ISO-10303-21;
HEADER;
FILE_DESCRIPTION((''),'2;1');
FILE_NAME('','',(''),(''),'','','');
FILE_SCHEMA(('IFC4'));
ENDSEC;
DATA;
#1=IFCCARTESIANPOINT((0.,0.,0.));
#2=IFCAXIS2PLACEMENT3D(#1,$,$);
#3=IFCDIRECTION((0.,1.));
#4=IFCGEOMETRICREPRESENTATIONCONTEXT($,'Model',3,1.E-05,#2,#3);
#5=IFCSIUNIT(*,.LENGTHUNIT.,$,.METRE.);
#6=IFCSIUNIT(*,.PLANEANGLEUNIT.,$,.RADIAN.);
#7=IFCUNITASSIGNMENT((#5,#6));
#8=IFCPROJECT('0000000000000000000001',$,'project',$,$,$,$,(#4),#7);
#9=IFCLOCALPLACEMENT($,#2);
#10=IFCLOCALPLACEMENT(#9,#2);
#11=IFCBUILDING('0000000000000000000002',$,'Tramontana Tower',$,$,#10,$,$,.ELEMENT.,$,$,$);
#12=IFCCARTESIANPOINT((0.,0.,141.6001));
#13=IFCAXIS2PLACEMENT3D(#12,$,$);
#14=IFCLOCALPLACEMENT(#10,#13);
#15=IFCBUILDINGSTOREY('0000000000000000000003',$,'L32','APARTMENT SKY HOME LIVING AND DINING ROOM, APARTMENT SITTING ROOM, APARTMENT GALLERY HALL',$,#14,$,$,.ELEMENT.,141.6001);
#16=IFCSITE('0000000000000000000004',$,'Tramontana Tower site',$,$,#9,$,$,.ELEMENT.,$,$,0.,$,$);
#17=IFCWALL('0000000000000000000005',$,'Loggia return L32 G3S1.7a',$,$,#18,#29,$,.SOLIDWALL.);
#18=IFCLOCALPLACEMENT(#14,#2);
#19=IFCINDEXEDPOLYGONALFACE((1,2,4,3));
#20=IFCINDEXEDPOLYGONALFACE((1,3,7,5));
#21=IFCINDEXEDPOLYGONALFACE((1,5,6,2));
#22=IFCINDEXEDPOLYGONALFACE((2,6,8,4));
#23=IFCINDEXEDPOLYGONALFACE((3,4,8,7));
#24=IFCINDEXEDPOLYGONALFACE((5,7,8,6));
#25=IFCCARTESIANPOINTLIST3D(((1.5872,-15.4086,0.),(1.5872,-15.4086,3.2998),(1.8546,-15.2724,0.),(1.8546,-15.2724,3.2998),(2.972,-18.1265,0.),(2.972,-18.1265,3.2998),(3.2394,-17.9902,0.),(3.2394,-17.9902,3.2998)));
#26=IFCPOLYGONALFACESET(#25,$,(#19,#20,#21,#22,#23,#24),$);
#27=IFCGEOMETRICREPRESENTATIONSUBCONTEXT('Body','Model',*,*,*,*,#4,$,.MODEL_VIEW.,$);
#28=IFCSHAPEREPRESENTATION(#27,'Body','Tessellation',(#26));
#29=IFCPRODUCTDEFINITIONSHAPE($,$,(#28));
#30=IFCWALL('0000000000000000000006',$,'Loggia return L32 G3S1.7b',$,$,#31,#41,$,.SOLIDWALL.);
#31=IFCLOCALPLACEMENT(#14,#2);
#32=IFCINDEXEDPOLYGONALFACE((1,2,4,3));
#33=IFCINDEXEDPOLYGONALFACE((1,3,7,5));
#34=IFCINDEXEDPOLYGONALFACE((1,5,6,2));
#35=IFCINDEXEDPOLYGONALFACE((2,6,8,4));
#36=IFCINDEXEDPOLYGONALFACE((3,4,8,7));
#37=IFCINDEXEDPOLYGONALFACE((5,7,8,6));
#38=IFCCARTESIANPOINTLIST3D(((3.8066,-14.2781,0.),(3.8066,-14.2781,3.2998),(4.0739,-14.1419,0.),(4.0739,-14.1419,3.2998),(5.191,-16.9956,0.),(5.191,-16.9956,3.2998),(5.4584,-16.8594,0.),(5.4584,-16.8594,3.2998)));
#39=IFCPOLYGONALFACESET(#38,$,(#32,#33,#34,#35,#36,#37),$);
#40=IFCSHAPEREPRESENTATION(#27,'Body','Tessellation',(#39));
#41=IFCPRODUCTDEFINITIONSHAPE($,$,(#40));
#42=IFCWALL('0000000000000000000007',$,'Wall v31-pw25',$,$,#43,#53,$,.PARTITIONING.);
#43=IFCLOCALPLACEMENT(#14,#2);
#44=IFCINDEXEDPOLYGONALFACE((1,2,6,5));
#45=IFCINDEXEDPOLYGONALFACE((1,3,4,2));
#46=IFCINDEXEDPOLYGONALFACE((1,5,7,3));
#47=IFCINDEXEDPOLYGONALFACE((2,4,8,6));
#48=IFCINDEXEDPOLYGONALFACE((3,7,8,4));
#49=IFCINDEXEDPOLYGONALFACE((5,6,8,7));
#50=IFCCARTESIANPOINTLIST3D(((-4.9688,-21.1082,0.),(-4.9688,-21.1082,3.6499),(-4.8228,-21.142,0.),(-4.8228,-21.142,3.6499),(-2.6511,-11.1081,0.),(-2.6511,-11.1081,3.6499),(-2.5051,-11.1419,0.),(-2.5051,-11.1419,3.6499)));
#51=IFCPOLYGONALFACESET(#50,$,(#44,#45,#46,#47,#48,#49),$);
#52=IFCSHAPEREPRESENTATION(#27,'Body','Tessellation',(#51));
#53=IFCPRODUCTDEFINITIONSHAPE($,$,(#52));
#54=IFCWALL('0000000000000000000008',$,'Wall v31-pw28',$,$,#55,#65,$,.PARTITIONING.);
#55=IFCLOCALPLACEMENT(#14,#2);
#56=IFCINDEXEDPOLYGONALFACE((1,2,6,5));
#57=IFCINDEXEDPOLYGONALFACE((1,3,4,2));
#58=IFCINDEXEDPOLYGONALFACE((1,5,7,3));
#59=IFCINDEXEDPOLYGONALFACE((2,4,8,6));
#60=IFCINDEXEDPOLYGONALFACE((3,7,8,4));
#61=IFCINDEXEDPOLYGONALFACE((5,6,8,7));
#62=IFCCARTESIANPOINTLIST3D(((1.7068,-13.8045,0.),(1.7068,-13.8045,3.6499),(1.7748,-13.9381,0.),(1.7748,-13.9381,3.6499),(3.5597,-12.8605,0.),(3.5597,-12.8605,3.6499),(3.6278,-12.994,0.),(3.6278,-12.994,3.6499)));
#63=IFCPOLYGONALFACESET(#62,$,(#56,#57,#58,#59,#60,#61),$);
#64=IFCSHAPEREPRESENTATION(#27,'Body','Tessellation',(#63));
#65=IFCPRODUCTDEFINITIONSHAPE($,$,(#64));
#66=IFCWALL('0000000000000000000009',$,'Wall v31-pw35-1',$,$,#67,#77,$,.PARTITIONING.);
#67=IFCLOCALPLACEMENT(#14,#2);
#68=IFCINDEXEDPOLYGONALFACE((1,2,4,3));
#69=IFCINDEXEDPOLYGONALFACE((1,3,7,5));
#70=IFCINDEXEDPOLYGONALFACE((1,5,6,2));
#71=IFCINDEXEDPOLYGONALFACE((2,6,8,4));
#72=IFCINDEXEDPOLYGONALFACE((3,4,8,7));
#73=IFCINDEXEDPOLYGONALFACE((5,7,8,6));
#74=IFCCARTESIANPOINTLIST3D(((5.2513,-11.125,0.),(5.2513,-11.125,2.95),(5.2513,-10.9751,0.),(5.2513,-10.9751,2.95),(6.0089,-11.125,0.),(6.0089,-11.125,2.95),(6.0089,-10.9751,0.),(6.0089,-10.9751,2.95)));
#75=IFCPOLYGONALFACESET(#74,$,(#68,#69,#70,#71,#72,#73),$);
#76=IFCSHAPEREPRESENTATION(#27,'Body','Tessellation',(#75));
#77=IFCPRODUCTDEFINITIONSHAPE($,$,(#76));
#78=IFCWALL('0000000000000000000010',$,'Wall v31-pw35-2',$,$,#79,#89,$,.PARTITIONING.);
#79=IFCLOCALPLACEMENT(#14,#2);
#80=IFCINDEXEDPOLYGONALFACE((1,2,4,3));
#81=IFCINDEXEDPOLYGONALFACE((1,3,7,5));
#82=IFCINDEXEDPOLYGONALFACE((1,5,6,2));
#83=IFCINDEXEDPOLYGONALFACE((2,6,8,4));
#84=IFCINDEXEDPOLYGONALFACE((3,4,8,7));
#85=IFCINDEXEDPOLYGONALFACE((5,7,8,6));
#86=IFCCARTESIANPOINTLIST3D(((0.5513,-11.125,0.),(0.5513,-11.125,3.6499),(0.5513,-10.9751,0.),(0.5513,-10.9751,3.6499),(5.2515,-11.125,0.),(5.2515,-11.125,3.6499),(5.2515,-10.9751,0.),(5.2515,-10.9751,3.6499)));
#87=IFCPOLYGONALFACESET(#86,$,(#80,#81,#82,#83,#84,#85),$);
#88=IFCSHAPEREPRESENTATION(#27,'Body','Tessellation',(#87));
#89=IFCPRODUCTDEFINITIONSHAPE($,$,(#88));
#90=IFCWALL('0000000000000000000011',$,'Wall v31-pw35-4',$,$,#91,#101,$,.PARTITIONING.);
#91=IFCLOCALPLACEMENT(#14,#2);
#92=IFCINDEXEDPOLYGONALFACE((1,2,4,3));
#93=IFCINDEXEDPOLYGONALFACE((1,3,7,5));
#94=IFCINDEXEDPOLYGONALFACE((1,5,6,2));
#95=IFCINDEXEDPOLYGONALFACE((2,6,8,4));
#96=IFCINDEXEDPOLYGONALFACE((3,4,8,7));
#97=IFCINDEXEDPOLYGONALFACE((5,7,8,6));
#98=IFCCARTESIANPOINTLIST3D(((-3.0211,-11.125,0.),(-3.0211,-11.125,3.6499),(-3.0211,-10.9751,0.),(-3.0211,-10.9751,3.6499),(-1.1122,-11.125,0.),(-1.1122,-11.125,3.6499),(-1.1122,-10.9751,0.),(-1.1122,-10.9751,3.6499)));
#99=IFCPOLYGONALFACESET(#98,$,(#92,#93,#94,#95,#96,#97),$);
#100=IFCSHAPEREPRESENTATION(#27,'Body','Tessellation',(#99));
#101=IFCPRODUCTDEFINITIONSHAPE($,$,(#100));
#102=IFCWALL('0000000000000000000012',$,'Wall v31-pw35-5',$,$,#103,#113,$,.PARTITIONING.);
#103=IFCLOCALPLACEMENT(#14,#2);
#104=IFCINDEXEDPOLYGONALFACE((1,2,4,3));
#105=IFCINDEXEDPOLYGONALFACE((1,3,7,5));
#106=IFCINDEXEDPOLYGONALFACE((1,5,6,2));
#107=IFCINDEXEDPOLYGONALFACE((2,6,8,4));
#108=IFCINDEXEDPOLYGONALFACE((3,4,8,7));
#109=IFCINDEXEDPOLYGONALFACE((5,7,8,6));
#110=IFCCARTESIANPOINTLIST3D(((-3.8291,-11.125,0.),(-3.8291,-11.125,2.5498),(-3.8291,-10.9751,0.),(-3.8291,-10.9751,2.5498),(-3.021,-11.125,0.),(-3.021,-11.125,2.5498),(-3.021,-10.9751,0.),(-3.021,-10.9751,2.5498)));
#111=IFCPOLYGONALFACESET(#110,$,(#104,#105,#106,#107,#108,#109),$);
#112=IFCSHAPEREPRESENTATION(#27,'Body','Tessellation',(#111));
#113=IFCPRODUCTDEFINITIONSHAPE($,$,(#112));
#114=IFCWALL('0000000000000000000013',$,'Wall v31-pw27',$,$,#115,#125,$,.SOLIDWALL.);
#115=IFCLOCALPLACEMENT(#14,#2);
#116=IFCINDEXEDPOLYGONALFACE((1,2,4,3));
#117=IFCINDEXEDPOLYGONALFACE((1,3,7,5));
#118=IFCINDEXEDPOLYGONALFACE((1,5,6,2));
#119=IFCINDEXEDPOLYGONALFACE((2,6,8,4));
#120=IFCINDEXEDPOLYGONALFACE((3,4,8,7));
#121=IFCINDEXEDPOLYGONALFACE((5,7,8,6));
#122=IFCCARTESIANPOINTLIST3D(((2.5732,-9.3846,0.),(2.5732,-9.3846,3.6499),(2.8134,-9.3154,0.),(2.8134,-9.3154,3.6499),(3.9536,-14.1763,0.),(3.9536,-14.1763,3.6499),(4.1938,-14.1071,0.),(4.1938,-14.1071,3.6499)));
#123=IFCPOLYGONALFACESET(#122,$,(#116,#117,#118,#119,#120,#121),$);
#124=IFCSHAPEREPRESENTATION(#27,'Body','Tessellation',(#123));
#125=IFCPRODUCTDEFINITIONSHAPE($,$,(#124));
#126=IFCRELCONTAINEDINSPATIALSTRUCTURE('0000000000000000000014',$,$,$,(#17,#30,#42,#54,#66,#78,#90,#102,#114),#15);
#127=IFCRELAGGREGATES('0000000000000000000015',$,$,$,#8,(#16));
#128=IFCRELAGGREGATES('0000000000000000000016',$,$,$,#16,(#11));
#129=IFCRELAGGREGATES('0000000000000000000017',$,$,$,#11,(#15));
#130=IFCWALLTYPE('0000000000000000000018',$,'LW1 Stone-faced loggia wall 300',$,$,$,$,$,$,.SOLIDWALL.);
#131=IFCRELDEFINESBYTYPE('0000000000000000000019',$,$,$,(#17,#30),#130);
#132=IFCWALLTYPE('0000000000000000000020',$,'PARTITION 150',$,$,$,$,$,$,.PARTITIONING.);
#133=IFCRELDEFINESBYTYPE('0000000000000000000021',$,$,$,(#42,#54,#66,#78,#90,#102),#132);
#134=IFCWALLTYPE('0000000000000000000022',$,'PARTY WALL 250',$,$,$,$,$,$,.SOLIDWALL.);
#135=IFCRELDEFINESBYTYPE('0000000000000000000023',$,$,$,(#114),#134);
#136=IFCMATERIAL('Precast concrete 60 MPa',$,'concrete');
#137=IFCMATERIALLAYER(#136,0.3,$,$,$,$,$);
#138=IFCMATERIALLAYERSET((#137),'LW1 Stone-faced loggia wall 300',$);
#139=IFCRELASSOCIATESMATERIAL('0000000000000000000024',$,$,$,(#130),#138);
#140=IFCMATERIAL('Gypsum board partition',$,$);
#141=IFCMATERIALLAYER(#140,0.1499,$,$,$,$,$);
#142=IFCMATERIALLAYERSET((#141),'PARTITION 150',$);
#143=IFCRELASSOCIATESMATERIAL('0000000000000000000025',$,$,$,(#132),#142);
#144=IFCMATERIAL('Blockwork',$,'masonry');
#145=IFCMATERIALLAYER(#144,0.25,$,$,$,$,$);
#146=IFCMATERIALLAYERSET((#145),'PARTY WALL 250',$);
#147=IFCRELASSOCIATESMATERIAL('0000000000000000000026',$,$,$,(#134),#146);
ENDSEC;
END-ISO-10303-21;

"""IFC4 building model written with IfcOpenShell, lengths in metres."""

from ifc_helpers import new_model, si_unit, direction, frame, frame_2d, origin, place, context, subcontext, project, spatial, rectangle, extrude, material, layer, layer_set, type_object, element, save


model = new_model("IFC4")

# Units and contexts
model_context = context("Model", 3, precision=1e-05, world=origin(), true_north=direction((0.0, 1.0)))
body_context = subcontext(model_context, "Body", "Model", "MODEL_VIEW")
ifc_project = project(units=[si_unit("LENGTHUNIT", "METRE"), si_unit("PLANEANGLEUNIT", "RADIAN")], contexts=[model_context])

# Site, building, storey
site_placement = place(None, origin())
site = spatial("IfcSite", under=ifc_project, at=site_placement, Name="Tramontana Tower site", CompositionType="ELEMENT", RefElevation=0.0)
building_placement = place(site_placement, origin())
building = spatial("IfcBuilding", under=site, at=building_placement, Name="Tramontana Tower", CompositionType="ELEMENT")
storey_placement = place(building_placement, frame((0.0, 0.0, 141.6001)))
storey = spatial("IfcBuildingStorey", under=building, at=storey_placement, Name="L32", Description="APARTMENT SKY HOME LIVING AND DINING ROOM, APARTMENT SITTING ROOM, APARTMENT GALLERY HALL", CompositionType="ELEMENT", Elevation=141.6001)

# Shared definitions
ifc_material_1 = material(Name="Precast concrete 60 MPa", Category="concrete")
ifc_layer_1 = layer(ifc_material_1, 0.3)
ifc_layer_set_1 = layer_set([ifc_layer_1], Name="LW1 Stone-faced loggia wall 300")
wall_type_1 = type_object("IfcWallType", Name="LW1 Stone-faced loggia wall 300", PredefinedType="SOLIDWALL", material=ifc_layer_set_1)

# Walls
wall_1_placement = place(storey_placement, frame((3.1057, -18.0583, 0.0), z_axis=(0.0, 0.0, 1.0), x_axis=(-0.453988, 0.891008, 0.0)))
element("IfcWall", 1, at=wall_1_placement, inside=storey, type_object=wall_type_1, Name="Loggia return L32 G3S1.7a", PredefinedType="SOLIDWALL", context=body_context, shape_type="SweptSolid", body=[
    extrude(rectangle(XDim=3.0503, YDim=0.3, at=frame_2d((1.5251, 0.0))), origin(), (0.0, 0.0, 1.0), 3.2998),
])
wall_2_placement = place(storey_placement, frame((5.3247, -16.9275, 0.0), z_axis=(0.0, 0.0, 1.0), x_axis=(-0.453957, 0.891024, 0.0)))
element("IfcWall", 2, at=wall_2_placement, inside=storey, type_object=wall_type_1, Name="Loggia return L32 G3S1.7b", PredefinedType="SOLIDWALL", context=body_context, shape_type="SweptSolid", body=[
    extrude(rectangle(XDim=3.0498, YDim=0.3, at=frame_2d((1.5249, 0.0))), origin(), (0.0, 0.0, 1.0), 3.2998),
])
ifc_material_2 = material(Name="Gypsum board partition")
ifc_layer_2 = layer(ifc_material_2, 0.1499)
ifc_layer_set_2 = layer_set([ifc_layer_2], Name="PARTITION 150")
wall_type_2 = type_object("IfcWallType", Name="PARTITION 150", PredefinedType="PARTITIONING", material=ifc_layer_set_2)
wall_3_placement = place(storey_placement, frame((-2.5781, -11.125, 0.0), z_axis=(0.0, 0.0, 1.0), x_axis=(-0.225778, -0.974179, 0.0)))
element("IfcWall", 3, at=wall_3_placement, inside=storey, type_object=wall_type_2, Name="Wall v31-pw25", PredefinedType="PARTITIONING", context=body_context, shape_type="SweptSolid", body=[
    extrude(rectangle(XDim=10.2651, YDim=0.1499, at=frame_2d((5.1326, 0.0))), origin(), (0.0, 0.0, 1.0), 3.6499),
])

# Walls
wall_4_placement = place(storey_placement, frame((3.5938, -12.9272, 0.0), z_axis=(0.0, 0.0, 1.0), x_axis=(-0.891021, -0.453963, 0.0)))
element("IfcWall", 4, at=wall_4_placement, inside=storey, type_object=wall_type_2, Name="Wall v31-pw28", PredefinedType="PARTITIONING", context=body_context, shape_type="SweptSolid", body=[
    extrude(rectangle(XDim=2.0796, YDim=0.1499, at=frame_2d((1.0398, 0.0))), origin(), (0.0, 0.0, 1.0), 3.6499),
])
wall_5_placement = place(storey_placement, frame((6.009, -11.05, 0.0), z_axis=(0.0, 0.0, 1.0), x_axis=(-1.0, 0.0, 0.0)))
element("IfcWall", 5, at=wall_5_placement, inside=storey, type_object=wall_type_2, Name="Wall v31-pw35-1", PredefinedType="PARTITIONING", context=body_context, shape_type="SweptSolid", body=[
    extrude(rectangle(XDim=0.7576, YDim=0.1499, at=frame_2d((0.3789, 0.0))), origin(), (0.0, 0.0, 1.0), 2.95),
])
wall_6_placement = place(storey_placement, frame((5.2515, -11.05, 0.0), z_axis=(0.0, 0.0, 1.0), x_axis=(-1.0, 0.0, 0.0)))
element("IfcWall", 6, at=wall_6_placement, inside=storey, type_object=wall_type_2, Name="Wall v31-pw35-2", PredefinedType="PARTITIONING", context=body_context, shape_type="SweptSolid", body=[
    extrude(rectangle(XDim=4.7002, YDim=0.1499, at=frame_2d((2.3501, 0.0))), origin(), (0.0, 0.0, 1.0), 3.6499),
])

# Walls
wall_7_placement = place(storey_placement, frame((-1.1121, -11.05, 0.0), z_axis=(0.0, 0.0, 1.0), x_axis=(-1.0, 0.0, 0.0)))
element("IfcWall", 7, at=wall_7_placement, inside=storey, type_object=wall_type_2, Name="Wall v31-pw35-4", PredefinedType="PARTITIONING", context=body_context, shape_type="SweptSolid", body=[
    extrude(rectangle(XDim=1.9089, YDim=0.1499, at=frame_2d((0.9546, 0.0))), origin(), (0.0, 0.0, 1.0), 3.6499),
])
wall_8_placement = place(storey_placement, frame((-3.021, -11.05, 0.0), z_axis=(0.0, 0.0, 1.0), x_axis=(-1.0, 0.0, 0.0)))
element("IfcWall", 8, at=wall_8_placement, inside=storey, type_object=wall_type_2, Name="Wall v31-pw35-5", PredefinedType="PARTITIONING", context=body_context, shape_type="SweptSolid", body=[
    extrude(rectangle(XDim=0.8081, YDim=0.1499, at=frame_2d((0.4041, 0.0))), origin(), (0.0, 0.0, 1.0), 2.5498),
])
ifc_material_3 = material(Name="Blockwork", Category="masonry")
ifc_layer_3 = layer(ifc_material_3, 0.25)
ifc_layer_set_3 = layer_set([ifc_layer_3], Name="PARTY WALL 250")
wall_type_3 = type_object("IfcWallType", Name="PARTY WALL 250", PredefinedType="SOLIDWALL", material=ifc_layer_set_3)
wall_9_placement = place(storey_placement, frame((2.6934, -9.3501, 0.0), z_axis=(0.0, 0.0, 1.0), x_axis=(0.276816, -0.960923, 0.0)))
element("IfcWall", 9, at=wall_9_placement, inside=storey, type_object=wall_type_3, Name="Wall v31-pw27", PredefinedType="SOLIDWALL", context=body_context, shape_type="SweptSolid", body=[
    extrude(rectangle(XDim=4.9866, YDim=0.25, at=frame_2d((2.4932, 0.0))), origin(), (0.0, 0.0, 1.0), 3.6499),
])

save(model, "model.ifc")
